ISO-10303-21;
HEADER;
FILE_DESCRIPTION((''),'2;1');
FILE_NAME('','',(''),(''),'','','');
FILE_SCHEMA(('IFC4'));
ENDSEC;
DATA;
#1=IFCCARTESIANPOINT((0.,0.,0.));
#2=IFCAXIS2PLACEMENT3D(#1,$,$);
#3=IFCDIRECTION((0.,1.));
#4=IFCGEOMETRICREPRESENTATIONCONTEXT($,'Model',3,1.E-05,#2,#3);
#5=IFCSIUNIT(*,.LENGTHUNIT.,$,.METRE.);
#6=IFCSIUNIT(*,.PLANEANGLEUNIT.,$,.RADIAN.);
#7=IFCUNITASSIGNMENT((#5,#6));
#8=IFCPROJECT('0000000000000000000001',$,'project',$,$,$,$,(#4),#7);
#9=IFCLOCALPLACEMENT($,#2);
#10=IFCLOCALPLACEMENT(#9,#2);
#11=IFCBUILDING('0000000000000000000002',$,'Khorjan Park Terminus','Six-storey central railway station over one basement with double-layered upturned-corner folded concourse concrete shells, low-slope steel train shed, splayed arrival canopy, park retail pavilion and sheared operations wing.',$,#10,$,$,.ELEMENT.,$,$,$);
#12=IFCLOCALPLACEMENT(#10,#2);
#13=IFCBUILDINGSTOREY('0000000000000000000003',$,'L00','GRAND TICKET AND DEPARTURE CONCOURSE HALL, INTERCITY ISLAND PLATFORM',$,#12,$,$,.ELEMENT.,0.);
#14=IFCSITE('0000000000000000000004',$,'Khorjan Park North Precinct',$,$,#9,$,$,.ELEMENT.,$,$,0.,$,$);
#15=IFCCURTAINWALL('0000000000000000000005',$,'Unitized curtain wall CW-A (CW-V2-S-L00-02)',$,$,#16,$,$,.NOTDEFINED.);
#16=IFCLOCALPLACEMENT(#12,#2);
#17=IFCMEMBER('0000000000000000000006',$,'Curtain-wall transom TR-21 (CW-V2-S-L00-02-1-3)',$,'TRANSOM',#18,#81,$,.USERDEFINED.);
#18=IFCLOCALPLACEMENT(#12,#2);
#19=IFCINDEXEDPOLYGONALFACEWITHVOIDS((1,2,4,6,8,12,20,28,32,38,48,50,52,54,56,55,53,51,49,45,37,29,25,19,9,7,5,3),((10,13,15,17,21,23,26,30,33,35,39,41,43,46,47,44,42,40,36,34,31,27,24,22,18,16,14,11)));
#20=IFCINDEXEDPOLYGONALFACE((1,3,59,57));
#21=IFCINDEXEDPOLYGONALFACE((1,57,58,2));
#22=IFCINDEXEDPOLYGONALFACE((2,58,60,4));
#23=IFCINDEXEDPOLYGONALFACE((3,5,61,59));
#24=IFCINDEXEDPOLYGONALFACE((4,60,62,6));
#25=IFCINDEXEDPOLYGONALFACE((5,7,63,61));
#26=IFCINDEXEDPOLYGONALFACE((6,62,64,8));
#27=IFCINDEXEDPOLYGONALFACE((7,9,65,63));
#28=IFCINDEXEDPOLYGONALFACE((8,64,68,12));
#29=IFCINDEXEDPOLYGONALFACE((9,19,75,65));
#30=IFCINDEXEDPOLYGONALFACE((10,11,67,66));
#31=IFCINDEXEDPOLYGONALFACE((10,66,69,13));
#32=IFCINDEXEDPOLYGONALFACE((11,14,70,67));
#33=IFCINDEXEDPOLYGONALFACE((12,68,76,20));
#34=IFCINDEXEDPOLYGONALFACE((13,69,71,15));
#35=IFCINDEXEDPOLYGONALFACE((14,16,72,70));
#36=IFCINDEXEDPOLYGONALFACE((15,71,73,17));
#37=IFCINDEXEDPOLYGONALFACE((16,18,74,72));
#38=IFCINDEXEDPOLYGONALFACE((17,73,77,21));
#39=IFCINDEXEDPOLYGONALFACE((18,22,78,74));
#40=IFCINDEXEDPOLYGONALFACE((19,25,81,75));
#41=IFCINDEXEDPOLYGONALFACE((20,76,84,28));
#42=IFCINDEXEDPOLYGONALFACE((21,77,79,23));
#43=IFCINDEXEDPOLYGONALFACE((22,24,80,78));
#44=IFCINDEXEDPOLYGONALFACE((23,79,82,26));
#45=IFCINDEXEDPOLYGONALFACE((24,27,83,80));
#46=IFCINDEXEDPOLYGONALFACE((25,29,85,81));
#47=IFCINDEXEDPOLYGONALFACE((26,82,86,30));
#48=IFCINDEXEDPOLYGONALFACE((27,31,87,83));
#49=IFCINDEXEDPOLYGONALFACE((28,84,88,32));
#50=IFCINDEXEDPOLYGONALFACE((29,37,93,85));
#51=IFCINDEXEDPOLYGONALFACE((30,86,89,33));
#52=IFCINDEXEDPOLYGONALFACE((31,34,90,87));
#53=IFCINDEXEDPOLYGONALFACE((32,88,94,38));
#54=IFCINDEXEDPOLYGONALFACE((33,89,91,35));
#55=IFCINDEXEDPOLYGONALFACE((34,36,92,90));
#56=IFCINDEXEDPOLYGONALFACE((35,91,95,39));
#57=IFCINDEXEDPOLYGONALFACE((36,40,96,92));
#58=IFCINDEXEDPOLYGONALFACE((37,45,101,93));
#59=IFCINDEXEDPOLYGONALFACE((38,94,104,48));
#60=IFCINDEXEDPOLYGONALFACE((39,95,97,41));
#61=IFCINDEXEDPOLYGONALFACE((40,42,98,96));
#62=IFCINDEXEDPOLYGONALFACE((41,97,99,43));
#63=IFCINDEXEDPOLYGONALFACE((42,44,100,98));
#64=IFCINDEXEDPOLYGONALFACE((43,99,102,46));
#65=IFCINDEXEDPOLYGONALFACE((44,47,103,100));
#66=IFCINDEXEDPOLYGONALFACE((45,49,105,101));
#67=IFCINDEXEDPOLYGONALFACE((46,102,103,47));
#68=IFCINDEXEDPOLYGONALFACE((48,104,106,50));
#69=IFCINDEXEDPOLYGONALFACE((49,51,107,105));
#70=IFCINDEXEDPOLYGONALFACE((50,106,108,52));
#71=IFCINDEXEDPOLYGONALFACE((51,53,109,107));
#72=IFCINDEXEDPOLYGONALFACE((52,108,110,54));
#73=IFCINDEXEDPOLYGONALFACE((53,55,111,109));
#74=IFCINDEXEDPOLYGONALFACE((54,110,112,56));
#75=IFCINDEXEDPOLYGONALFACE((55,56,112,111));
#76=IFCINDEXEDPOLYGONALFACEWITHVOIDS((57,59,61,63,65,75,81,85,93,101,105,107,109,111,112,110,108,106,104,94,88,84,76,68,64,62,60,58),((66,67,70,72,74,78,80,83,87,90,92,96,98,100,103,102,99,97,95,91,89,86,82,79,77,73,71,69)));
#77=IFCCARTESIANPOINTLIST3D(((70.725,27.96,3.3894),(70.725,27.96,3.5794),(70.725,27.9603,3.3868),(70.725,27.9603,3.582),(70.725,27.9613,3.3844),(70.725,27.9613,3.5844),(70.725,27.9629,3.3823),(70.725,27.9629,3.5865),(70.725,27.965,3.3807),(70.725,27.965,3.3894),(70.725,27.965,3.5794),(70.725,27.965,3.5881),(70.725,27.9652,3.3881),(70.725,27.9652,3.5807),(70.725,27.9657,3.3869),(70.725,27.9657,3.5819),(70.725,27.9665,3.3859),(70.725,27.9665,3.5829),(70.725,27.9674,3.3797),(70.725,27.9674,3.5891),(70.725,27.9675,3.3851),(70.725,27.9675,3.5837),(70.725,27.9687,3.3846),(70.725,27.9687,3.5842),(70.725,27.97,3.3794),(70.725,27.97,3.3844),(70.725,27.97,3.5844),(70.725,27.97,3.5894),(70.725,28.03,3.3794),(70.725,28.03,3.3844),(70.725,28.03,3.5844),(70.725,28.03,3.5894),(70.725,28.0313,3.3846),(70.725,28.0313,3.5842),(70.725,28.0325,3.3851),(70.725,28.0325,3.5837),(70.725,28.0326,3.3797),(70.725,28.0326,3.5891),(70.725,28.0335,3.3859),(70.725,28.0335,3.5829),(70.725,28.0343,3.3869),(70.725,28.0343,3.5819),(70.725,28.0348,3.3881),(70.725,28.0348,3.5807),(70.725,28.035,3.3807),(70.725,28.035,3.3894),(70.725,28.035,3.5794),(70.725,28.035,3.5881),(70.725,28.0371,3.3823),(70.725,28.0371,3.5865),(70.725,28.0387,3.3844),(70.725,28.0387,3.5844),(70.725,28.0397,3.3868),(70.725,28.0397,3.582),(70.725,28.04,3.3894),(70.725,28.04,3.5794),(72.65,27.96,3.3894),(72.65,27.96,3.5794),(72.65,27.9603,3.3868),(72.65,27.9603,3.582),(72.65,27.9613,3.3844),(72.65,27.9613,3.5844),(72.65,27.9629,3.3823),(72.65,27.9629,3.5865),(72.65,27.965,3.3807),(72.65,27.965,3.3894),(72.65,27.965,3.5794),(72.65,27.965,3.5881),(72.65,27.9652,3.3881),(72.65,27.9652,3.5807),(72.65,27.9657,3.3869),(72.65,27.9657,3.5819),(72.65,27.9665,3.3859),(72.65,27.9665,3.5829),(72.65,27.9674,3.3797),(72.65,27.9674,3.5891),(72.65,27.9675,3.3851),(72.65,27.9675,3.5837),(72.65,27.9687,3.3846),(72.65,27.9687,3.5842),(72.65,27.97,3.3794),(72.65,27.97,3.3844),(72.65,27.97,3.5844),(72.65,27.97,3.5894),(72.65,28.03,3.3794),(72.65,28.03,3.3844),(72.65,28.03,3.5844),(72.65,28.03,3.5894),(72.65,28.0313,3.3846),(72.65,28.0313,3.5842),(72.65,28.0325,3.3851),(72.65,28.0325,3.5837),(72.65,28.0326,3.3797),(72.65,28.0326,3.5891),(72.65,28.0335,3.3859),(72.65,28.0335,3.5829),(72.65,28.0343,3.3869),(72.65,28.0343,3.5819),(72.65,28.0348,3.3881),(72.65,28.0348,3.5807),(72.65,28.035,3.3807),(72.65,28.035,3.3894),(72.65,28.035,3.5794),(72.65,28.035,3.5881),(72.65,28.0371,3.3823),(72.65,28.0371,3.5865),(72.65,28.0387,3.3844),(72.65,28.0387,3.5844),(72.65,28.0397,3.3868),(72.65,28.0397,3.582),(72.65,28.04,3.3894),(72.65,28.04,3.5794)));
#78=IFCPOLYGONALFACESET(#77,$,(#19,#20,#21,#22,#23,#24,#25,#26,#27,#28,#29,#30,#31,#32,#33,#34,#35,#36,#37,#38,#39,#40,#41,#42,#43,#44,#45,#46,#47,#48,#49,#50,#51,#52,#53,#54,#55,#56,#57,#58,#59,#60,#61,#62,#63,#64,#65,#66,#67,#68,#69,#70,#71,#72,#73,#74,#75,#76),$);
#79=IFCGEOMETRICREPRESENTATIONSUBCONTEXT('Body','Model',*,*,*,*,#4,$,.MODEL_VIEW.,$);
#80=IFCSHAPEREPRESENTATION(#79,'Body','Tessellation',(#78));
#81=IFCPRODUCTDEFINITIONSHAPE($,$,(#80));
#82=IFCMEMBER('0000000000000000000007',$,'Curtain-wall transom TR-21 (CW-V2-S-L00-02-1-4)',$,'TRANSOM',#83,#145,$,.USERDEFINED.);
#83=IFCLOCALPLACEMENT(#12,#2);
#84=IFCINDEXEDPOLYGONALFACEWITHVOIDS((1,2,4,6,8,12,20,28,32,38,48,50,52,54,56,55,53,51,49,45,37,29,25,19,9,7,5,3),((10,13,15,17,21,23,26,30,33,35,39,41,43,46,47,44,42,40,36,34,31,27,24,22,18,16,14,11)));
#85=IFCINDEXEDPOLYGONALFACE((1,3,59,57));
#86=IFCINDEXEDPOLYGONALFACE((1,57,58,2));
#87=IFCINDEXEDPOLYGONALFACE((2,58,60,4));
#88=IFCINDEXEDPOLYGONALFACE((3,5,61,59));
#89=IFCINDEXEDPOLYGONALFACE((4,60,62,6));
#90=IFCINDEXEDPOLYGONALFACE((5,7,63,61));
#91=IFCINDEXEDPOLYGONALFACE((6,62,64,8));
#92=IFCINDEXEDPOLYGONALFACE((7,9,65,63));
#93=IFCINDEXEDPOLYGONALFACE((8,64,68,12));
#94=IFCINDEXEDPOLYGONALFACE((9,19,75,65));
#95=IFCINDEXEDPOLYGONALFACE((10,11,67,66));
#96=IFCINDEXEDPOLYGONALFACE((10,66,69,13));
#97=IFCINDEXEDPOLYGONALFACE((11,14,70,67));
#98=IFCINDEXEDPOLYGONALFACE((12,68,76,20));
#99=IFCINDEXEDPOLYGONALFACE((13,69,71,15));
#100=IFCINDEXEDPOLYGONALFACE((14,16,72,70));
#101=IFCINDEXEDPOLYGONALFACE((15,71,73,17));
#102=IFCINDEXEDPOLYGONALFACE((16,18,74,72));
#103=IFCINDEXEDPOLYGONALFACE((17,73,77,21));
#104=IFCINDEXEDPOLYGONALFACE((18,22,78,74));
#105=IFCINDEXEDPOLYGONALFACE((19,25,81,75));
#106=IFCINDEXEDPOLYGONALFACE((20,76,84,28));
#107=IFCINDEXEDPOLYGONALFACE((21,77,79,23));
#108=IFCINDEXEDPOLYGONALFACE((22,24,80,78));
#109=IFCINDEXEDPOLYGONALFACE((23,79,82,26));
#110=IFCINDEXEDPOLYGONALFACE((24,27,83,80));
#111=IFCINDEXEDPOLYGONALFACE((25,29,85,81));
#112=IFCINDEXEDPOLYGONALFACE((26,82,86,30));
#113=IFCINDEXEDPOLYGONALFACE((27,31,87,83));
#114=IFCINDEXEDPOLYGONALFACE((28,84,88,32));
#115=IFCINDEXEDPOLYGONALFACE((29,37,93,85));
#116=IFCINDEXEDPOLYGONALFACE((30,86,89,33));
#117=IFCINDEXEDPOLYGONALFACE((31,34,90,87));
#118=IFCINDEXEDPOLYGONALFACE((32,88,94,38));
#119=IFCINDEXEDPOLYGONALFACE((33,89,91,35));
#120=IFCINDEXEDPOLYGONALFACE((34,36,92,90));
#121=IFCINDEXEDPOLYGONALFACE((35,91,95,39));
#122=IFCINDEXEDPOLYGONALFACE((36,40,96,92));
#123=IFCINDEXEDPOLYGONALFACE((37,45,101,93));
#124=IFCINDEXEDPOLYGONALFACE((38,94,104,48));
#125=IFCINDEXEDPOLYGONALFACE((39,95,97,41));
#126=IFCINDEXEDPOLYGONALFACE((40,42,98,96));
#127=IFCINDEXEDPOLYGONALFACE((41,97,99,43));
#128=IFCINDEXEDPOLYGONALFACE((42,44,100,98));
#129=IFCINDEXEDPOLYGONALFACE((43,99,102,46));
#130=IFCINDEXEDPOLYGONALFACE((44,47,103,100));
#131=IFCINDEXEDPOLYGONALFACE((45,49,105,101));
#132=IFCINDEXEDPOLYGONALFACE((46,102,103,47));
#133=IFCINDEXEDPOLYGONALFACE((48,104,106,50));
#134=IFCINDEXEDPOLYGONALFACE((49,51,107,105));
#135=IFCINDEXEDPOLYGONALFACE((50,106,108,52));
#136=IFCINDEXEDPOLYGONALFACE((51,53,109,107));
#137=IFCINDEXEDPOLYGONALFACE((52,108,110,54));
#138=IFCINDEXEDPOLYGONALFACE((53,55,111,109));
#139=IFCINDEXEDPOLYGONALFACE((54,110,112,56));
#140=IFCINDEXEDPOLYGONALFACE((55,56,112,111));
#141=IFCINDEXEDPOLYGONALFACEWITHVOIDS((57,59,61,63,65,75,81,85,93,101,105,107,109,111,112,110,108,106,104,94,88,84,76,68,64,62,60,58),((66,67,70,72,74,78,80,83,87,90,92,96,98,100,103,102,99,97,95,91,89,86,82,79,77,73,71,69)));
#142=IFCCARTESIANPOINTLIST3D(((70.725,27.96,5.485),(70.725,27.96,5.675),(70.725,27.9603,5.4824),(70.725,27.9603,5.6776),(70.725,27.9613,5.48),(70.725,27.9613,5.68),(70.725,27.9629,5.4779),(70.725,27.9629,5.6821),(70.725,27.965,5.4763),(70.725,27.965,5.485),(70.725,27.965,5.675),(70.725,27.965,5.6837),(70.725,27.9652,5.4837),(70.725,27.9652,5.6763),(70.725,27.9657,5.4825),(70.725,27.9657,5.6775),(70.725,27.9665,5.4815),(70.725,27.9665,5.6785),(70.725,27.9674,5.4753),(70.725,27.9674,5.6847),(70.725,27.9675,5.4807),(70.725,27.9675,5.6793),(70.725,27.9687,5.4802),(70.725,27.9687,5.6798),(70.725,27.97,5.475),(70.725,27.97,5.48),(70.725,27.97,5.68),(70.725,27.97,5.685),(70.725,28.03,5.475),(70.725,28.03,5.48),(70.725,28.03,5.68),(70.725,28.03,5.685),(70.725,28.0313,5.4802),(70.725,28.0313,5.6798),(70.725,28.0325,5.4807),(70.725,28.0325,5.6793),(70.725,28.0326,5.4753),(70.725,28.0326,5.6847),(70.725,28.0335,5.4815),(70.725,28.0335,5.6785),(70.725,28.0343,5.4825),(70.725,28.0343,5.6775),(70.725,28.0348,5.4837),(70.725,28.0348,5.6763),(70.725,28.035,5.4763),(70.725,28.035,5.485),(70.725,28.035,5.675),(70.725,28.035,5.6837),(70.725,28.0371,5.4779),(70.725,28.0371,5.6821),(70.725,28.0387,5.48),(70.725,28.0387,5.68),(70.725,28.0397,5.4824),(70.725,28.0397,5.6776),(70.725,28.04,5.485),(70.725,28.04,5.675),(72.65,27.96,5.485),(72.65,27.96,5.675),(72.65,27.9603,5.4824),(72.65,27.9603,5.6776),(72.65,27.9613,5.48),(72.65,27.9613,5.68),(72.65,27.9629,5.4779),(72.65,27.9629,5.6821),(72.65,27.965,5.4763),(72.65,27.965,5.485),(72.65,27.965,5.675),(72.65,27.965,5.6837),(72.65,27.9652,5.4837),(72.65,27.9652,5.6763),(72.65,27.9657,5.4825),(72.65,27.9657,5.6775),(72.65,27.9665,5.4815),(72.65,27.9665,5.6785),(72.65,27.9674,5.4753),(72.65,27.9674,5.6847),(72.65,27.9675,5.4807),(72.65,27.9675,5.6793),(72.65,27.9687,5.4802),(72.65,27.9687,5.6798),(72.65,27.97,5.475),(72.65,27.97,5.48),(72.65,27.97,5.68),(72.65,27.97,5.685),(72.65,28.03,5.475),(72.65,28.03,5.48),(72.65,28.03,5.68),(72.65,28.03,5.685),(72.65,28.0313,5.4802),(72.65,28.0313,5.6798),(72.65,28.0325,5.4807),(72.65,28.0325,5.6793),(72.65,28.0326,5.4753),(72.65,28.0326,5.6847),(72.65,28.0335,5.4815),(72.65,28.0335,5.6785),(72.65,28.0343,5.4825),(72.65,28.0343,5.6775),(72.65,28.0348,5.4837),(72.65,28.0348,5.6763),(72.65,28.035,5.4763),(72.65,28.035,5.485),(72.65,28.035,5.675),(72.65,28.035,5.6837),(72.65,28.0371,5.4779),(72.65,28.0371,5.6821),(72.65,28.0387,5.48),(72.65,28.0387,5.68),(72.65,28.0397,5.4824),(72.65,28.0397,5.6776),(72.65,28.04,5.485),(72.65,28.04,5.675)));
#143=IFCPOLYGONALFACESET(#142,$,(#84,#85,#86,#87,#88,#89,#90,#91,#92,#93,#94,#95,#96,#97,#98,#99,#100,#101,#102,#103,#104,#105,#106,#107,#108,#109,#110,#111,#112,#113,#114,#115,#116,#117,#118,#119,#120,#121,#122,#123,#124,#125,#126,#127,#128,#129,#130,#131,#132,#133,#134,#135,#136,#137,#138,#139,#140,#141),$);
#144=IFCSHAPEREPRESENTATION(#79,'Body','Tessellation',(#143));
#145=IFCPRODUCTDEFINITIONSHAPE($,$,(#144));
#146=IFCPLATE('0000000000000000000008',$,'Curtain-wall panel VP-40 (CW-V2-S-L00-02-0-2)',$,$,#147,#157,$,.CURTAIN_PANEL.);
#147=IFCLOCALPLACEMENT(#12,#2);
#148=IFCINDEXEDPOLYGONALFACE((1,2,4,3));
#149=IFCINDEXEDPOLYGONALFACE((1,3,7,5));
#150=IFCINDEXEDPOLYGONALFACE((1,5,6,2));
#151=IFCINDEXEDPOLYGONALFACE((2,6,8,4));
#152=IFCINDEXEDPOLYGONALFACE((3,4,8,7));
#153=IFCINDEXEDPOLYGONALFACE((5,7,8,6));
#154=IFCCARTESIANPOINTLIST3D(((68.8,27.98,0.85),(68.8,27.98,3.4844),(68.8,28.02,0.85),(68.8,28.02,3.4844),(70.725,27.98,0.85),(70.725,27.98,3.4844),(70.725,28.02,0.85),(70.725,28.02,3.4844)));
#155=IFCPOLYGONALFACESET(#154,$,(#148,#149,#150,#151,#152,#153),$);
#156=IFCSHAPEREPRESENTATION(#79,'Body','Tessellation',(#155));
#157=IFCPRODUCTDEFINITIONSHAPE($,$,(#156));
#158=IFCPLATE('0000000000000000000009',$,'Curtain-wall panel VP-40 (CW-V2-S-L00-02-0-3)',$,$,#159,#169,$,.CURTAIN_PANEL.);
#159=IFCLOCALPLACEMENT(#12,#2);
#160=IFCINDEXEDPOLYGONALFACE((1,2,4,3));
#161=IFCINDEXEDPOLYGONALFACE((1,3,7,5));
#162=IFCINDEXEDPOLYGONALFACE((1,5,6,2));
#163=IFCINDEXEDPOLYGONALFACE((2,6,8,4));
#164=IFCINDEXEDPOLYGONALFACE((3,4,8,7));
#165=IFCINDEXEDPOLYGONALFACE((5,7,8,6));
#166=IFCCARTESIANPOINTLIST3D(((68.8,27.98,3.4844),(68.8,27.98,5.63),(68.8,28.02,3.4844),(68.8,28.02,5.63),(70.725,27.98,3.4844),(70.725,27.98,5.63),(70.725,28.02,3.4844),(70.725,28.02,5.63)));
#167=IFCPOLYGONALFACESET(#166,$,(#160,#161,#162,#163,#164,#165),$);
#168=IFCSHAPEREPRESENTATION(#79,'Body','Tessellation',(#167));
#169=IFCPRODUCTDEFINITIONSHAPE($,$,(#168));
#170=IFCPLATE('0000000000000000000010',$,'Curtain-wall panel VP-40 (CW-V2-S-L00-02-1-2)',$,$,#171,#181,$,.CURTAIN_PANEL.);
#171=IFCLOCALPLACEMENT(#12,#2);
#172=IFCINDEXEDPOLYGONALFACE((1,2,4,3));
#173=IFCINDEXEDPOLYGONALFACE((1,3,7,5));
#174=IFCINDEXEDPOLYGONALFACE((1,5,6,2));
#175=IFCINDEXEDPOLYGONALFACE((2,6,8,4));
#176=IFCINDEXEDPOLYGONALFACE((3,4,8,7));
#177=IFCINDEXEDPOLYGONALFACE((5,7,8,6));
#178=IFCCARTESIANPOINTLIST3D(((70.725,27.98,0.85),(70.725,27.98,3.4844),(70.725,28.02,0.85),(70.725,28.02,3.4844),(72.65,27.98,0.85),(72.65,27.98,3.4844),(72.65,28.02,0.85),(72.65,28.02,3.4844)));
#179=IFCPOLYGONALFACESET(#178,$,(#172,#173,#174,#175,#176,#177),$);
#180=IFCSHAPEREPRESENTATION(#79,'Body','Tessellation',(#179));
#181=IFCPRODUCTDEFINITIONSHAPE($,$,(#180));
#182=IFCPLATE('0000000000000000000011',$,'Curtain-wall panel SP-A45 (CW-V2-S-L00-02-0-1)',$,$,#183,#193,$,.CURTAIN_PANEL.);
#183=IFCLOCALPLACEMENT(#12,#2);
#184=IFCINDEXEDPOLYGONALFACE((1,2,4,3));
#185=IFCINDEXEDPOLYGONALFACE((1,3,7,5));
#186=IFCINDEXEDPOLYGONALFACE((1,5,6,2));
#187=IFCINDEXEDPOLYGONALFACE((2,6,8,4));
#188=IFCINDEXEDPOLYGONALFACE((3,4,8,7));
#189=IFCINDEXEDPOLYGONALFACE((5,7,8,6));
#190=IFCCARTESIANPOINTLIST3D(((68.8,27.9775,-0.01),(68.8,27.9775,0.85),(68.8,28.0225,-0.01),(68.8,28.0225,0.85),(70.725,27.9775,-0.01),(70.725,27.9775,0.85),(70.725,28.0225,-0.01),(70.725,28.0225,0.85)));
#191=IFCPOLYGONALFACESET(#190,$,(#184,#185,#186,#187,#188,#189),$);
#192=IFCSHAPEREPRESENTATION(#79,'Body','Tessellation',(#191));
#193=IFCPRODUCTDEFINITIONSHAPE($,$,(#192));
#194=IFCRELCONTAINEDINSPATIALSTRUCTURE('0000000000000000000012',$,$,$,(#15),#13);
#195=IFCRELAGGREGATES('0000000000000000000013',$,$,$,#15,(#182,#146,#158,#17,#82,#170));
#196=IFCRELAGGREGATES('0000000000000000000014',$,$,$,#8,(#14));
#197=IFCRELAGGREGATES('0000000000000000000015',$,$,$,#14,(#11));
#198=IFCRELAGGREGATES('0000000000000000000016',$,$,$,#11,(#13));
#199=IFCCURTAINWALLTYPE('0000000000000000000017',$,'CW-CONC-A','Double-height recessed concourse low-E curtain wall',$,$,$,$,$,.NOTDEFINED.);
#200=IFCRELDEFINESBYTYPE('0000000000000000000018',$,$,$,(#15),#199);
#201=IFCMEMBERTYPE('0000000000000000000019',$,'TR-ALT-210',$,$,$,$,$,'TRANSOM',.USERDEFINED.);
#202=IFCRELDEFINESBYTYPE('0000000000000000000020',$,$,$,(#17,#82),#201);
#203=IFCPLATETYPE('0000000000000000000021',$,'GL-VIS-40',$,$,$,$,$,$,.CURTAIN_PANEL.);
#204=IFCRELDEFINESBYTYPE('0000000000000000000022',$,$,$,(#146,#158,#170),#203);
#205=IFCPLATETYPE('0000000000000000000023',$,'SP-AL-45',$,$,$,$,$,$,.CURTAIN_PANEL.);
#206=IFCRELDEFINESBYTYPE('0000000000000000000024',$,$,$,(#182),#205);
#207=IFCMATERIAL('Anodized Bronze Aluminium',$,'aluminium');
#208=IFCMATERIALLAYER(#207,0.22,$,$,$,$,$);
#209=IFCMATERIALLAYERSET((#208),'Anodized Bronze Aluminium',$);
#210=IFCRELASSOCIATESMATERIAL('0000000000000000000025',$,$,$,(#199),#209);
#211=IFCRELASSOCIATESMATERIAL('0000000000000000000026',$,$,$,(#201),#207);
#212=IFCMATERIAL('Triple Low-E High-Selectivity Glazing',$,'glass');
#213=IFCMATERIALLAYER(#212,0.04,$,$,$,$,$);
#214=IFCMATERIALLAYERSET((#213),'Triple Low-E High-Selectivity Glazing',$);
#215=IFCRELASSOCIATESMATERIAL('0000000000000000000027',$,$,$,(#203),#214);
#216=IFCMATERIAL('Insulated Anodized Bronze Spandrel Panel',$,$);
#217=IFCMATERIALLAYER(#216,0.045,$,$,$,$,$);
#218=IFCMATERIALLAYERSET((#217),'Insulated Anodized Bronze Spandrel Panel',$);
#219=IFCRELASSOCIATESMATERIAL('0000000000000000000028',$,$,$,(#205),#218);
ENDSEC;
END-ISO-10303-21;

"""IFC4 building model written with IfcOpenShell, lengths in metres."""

from ifc_helpers import new_model, si_unit, direction, frame, origin, origin_2d, place, context, subcontext, project, spatial, rectangle, hollow_rectangle, extrude, material, layer, layer_set, material_profile, profile_set, type_object, element, aggregate, save


model = new_model("IFC4")

# Units and contexts
model_context = context("Model", 3, precision=1e-05, world=origin(), true_north=direction((0.0, 1.0)))
body_context = subcontext(model_context, "Body", "Model", "MODEL_VIEW")
ifc_project = project(units=[si_unit("LENGTHUNIT", "METRE"), si_unit("PLANEANGLEUNIT", "RADIAN")], contexts=[model_context])

# Site, building, storey
site_placement = place(None, origin())
site = spatial("IfcSite", under=ifc_project, at=site_placement, Name="Khorjan Park North Precinct", CompositionType="ELEMENT", RefElevation=0.0)
building_placement = place(site_placement, origin())
building = spatial("IfcBuilding", under=site, at=building_placement, Name="Khorjan Park Terminus", Description="Six-storey central railway station over one basement with double-layered upturned-corner folded concourse concrete shells, low-slope steel train shed, splayed arrival canopy, park retail pavilion and sheared operations wing.", CompositionType="ELEMENT")
storey_placement = place(building_placement, origin())
storey = spatial("IfcBuildingStorey", under=building, at=storey_placement, Name="L00", Description="GRAND TICKET AND DEPARTURE CONCOURSE HALL, INTERCITY ISLAND PLATFORM", CompositionType="ELEMENT", Elevation=0.0)

# Shared definitions
ifc_material_1 = material(Name="Anodized Bronze Aluminium", Category="aluminium")
ifc_layer_1 = layer(ifc_material_1, 0.22)
ifc_layer_set_1 = layer_set([ifc_layer_1], Name="Anodized Bronze Aluminium")
curtain_wall_type = type_object("IfcCurtainWallType", Name="CW-CONC-A", Description="Double-height recessed concourse low-E curtain wall", PredefinedType="NOTDEFINED", material=ifc_layer_set_1)

# Curtain wall, members, plates
curtain_wall_1_placement = place(storey_placement, origin())
curtain_wall_1 = element("IfcCurtainWall", 1, at=curtain_wall_1_placement, inside=storey, type_object=curtain_wall_type, Name="Unitized curtain wall CW-A (CW-V2-S-L00-02)", PredefinedType="NOTDEFINED")
ifc_material_profile_1 = material_profile(ifc_material_1, hollow_rectangle(XDim=0.08, YDim=0.21, WallThickness=0.005, InnerFilletRadius=0.005, OuterFilletRadius=0.01, at=origin_2d()), Name="ALT 80x210x5")
ifc_profile_set_1 = profile_set([ifc_material_profile_1], Name="Anodized Bronze Aluminium")
member_type_1 = type_object("IfcMemberType", Name="TR-ALT-210", ElementType="TRANSOM", PredefinedType="USERDEFINED", material=ifc_profile_set_1)
member_1_placement = place(storey_placement, frame((70.725, 28.0, 3.4844), z_axis=(1.0, 0.0, 0.0), x_axis=(0.0, 1.0, 0.0)))
member_1 = element("IfcMember", 2, at=member_1_placement, type_object=member_type_1, Name="Curtain-wall transom TR-21 (CW-V2-S-L00-02-1-3)", ObjectType="TRANSOM", PredefinedType="USERDEFINED", context=body_context, shape_type="SweptSolid", body=[
    extrude(hollow_rectangle(XDim=0.08, YDim=0.21, WallThickness=0.005, InnerFilletRadius=0.005, OuterFilletRadius=0.01, at=origin_2d()), origin(), (0.0, 0.0, 1.0), 1.925),
])
member_2_placement = place(storey_placement, frame((70.725, 28.0, 5.58), z_axis=(1.0, 0.0, 0.0), x_axis=(0.0, 1.0, 0.0)))
member_2 = element("IfcMember", 3, at=member_2_placement, type_object=member_type_1, Name="Curtain-wall transom TR-21 (CW-V2-S-L00-02-1-4)", ObjectType="TRANSOM", PredefinedType="USERDEFINED", context=body_context, shape_type="SweptSolid", body=[
    extrude(hollow_rectangle(XDim=0.08, YDim=0.21, WallThickness=0.005, InnerFilletRadius=0.005, OuterFilletRadius=0.01, at=origin_2d()), origin(), (0.0, 0.0, 1.0), 1.925),
])
ifc_material_2 = material(Name="Triple Low-E High-Selectivity Glazing", Category="glass")
ifc_layer_2 = layer(ifc_material_2, 0.04)
ifc_layer_set_2 = layer_set([ifc_layer_2], Name="Triple Low-E High-Selectivity Glazing")
plate_type_1 = type_object("IfcPlateType", Name="GL-VIS-40", PredefinedType="CURTAIN_PANEL", material=ifc_layer_set_2)
plate_1_placement = place(storey_placement, frame((69.7625, 28.0, 0.85), z_axis=(0.0, 0.0, 1.0), x_axis=(1.0, 0.0, 0.0)))
plate_1 = element("IfcPlate", 4, at=plate_1_placement, type_object=plate_type_1, Name="Curtain-wall panel VP-40 (CW-V2-S-L00-02-0-2)", PredefinedType="CURTAIN_PANEL", context=body_context, shape_type="SweptSolid", body=[
    extrude(rectangle(XDim=1.925, YDim=0.04, at=origin_2d()), origin(), (0.0, 0.0, 1.0), 2.6344),
])
plate_2_placement = place(storey_placement, frame((69.7625, 28.0, 3.4844), z_axis=(0.0, 0.0, 1.0), x_axis=(1.0, 0.0, 0.0)))
plate_2 = element("IfcPlate", 5, at=plate_2_placement, type_object=plate_type_1, Name="Curtain-wall panel VP-40 (CW-V2-S-L00-02-0-3)", PredefinedType="CURTAIN_PANEL", context=body_context, shape_type="SweptSolid", body=[
    extrude(rectangle(XDim=1.925, YDim=0.04, at=origin_2d()), origin(), (0.0, 0.0, 1.0), 2.1456),
])
plate_3_placement = place(storey_placement, frame((71.6875, 28.0, 0.85), z_axis=(0.0, 0.0, 1.0), x_axis=(1.0, 0.0, 0.0)))
plate_3 = element("IfcPlate", 6, at=plate_3_placement, type_object=plate_type_1, Name="Curtain-wall panel VP-40 (CW-V2-S-L00-02-1-2)", PredefinedType="CURTAIN_PANEL", context=body_context, shape_type="SweptSolid", body=[
    extrude(rectangle(XDim=1.925, YDim=0.04, at=origin_2d()), origin(), (0.0, 0.0, 1.0), 2.6344),
])
ifc_material_3 = material(Name="Insulated Anodized Bronze Spandrel Panel")
ifc_layer_3 = layer(ifc_material_3, 0.045)
ifc_layer_set_3 = layer_set([ifc_layer_3], Name="Insulated Anodized Bronze Spandrel Panel")
plate_type_2 = type_object("IfcPlateType", Name="SP-AL-45", PredefinedType="CURTAIN_PANEL", material=ifc_layer_set_3)
plate_4_placement = place(storey_placement, frame((69.7625, 28.0, -0.01), z_axis=(0.0, 0.0, 1.0), x_axis=(1.0, 0.0, 0.0)))
plate_4 = element("IfcPlate", 7, at=plate_4_placement, type_object=plate_type_2, Name="Curtain-wall panel SP-A45 (CW-V2-S-L00-02-0-1)", PredefinedType="CURTAIN_PANEL", context=body_context, shape_type="SweptSolid", body=[
    extrude(rectangle(XDim=1.925, YDim=0.045, at=origin_2d()), origin(), (0.0, 0.0, 1.0), 0.86),
])
aggregate(curtain_wall_1, [plate_4, plate_1, plate_2, member_1, member_2, plate_3])

save(model, "model.ifc")
